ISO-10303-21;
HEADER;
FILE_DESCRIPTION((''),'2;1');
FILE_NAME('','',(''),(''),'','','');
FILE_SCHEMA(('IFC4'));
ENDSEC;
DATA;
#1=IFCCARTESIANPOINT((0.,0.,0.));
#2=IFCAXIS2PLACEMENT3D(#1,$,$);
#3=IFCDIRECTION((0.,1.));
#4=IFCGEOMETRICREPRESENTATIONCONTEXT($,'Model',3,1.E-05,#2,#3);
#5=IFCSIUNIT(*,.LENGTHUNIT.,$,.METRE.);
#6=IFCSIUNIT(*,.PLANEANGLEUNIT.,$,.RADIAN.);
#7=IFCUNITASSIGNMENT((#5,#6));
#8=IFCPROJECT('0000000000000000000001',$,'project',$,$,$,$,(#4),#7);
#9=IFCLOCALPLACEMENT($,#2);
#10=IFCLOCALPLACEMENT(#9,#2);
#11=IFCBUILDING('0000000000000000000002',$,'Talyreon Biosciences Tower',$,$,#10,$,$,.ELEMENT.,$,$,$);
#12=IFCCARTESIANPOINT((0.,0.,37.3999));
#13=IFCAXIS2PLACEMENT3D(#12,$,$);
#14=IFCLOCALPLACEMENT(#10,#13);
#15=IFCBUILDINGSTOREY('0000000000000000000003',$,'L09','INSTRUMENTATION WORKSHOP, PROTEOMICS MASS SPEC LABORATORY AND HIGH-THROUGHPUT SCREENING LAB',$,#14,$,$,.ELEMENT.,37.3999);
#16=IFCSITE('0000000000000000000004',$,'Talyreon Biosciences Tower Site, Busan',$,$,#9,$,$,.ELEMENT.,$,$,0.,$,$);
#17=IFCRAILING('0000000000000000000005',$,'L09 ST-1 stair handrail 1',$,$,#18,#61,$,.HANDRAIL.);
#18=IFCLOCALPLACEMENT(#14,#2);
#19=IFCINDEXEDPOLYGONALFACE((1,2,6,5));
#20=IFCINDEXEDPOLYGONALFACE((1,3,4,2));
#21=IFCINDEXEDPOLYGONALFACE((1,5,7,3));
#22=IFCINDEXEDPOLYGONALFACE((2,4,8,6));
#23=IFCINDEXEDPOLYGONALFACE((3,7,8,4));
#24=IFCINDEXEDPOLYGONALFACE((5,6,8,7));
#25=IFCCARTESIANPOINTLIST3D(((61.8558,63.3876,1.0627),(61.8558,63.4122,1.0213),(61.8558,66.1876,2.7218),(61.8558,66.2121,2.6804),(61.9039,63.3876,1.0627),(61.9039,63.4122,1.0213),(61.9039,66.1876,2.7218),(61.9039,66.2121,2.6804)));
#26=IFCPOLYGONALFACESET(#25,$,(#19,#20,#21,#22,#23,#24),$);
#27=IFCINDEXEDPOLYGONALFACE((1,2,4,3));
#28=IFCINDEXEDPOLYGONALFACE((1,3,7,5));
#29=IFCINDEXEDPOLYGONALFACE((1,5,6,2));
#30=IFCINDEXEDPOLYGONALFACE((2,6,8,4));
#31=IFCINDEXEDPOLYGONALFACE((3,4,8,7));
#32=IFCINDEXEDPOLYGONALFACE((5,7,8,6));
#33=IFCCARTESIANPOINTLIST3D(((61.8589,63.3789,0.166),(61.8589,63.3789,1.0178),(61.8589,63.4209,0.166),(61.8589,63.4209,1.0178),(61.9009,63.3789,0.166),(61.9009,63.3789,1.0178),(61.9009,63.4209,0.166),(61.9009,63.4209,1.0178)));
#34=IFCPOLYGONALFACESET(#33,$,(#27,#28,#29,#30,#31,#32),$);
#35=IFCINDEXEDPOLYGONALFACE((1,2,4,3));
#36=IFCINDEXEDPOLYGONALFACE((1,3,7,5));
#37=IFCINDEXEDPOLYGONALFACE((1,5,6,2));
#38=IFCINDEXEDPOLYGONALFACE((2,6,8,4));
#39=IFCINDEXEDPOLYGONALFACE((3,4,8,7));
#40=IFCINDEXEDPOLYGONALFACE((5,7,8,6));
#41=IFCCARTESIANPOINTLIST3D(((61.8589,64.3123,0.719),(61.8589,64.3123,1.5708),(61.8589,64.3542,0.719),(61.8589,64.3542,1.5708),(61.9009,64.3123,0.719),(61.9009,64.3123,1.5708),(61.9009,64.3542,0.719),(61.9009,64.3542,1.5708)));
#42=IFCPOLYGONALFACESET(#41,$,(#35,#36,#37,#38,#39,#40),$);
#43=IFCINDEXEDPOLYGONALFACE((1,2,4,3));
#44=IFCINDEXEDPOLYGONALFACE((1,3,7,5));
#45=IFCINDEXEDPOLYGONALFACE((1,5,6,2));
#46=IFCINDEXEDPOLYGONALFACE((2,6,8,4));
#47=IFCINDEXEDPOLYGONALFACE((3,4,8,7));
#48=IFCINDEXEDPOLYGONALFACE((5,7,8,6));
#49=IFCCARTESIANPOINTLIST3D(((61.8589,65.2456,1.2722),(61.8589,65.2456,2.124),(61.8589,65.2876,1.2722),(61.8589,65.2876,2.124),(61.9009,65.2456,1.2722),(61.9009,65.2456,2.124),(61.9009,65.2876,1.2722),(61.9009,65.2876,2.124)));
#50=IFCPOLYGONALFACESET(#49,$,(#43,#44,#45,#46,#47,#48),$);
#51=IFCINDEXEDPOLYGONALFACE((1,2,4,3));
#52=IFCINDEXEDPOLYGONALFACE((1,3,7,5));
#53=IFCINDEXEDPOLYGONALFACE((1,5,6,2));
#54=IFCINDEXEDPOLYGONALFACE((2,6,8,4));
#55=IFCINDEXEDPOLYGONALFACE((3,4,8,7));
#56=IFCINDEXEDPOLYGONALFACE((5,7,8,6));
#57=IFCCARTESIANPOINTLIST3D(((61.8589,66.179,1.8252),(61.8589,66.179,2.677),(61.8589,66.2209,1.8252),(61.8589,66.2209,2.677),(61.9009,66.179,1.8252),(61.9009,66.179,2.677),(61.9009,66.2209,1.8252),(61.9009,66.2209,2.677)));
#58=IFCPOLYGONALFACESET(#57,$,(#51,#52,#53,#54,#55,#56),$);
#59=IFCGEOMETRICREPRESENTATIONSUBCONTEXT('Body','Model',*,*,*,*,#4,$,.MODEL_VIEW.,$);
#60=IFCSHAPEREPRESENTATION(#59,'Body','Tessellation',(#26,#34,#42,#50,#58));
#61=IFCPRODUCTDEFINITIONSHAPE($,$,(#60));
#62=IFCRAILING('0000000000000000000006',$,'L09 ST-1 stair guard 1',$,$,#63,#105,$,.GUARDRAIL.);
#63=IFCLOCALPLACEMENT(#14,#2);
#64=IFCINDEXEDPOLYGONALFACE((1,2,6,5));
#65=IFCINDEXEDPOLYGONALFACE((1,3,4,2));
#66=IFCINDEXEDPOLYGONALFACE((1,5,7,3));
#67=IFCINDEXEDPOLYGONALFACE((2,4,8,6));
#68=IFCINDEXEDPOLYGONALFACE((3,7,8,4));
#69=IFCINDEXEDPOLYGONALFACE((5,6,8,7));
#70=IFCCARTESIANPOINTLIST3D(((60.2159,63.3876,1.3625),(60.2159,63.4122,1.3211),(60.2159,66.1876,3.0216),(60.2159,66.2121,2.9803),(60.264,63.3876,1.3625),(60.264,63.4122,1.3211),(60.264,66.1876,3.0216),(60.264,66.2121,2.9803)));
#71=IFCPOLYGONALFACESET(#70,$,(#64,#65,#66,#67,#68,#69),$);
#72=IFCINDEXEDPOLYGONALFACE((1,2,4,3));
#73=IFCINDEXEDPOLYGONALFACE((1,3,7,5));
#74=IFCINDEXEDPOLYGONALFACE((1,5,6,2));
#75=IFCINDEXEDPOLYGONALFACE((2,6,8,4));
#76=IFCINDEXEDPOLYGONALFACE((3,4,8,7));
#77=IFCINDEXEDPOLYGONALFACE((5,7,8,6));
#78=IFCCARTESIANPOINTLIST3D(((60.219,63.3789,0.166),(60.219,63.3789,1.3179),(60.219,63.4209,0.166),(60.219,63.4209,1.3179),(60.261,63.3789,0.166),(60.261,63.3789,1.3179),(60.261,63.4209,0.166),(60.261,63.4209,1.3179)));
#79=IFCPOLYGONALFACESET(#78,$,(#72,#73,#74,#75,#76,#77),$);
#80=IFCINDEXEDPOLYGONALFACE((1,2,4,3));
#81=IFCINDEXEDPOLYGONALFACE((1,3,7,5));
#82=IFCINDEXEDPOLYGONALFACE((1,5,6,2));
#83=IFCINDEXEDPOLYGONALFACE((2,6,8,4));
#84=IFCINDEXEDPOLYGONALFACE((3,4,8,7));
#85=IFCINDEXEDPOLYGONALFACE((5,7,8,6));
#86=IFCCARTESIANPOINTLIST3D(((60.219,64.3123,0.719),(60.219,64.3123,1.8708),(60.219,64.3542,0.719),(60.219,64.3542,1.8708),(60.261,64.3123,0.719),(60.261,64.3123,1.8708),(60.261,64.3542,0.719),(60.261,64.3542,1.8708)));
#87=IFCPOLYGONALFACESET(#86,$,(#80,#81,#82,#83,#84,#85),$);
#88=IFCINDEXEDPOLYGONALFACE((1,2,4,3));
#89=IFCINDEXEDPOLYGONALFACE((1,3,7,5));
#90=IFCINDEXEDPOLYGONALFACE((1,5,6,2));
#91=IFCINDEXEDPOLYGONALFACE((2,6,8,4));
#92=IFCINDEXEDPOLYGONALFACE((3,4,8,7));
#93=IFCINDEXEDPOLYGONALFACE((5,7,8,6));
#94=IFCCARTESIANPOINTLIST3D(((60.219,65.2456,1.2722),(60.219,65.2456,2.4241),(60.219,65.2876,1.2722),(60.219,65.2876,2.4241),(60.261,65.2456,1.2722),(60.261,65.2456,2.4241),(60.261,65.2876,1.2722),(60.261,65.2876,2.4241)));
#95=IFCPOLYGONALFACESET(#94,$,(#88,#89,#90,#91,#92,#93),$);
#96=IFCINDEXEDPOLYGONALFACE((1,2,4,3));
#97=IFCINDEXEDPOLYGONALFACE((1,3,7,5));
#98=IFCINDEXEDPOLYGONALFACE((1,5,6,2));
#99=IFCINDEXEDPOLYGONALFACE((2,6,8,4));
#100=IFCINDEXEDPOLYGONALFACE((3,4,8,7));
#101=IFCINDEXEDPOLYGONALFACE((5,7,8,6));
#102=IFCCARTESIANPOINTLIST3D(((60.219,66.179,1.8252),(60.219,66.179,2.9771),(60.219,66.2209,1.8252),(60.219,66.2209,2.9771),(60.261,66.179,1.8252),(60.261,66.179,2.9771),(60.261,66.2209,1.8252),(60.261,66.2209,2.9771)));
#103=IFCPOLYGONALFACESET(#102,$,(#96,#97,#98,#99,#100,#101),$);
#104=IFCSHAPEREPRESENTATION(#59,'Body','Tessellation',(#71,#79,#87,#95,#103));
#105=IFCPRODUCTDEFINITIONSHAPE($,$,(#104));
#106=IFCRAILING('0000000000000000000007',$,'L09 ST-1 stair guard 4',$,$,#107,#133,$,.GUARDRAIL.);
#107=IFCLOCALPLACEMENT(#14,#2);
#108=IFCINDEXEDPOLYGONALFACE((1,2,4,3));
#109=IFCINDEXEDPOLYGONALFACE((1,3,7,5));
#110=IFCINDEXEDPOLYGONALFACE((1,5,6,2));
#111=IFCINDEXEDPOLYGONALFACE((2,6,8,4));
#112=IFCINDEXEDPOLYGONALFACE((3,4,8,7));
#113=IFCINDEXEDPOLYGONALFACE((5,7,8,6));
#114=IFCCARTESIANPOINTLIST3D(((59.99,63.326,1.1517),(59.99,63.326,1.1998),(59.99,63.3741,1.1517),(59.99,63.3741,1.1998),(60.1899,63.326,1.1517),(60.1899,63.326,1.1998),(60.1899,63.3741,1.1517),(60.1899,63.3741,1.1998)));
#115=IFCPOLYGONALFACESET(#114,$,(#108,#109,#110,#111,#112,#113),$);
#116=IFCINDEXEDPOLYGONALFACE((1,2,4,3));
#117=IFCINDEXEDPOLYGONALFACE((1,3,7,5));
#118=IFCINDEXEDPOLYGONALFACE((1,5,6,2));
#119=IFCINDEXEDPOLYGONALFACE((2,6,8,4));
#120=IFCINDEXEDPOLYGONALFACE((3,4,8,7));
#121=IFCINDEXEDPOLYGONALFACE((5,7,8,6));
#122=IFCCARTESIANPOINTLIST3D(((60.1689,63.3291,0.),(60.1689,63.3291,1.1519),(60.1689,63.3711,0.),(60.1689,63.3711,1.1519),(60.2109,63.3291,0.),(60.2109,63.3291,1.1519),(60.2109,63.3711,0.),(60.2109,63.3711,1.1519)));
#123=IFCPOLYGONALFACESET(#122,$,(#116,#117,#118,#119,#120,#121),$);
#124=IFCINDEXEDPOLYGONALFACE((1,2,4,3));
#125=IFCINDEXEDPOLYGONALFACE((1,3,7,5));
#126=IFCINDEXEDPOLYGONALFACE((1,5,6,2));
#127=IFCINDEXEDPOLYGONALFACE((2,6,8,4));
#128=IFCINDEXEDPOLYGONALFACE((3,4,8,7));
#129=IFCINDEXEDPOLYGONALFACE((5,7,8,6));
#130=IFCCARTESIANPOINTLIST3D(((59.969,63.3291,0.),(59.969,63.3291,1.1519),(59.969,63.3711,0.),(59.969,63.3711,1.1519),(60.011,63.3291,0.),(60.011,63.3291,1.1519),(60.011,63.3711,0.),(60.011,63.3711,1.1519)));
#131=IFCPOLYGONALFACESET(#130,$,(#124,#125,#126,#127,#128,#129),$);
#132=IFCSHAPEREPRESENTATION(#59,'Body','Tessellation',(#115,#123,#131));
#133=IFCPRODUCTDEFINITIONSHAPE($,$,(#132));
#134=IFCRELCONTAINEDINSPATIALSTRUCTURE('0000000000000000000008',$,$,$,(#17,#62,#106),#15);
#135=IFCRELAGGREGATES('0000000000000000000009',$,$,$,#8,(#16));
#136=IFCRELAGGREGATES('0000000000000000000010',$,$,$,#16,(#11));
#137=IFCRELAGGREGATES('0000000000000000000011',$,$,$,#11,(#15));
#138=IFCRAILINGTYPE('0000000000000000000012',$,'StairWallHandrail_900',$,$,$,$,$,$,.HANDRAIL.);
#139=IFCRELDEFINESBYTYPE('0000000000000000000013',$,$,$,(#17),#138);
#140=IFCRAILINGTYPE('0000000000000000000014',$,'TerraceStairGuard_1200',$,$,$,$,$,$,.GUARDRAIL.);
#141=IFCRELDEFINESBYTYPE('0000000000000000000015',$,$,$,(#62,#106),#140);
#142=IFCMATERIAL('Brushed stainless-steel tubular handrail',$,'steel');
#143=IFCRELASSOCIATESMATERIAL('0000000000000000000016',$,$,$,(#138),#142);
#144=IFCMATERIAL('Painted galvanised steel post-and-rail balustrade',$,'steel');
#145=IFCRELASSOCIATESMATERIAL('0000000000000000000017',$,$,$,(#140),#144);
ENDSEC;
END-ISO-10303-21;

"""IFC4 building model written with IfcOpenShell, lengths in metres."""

from ifc_helpers import new_model, si_unit, direction, frame, origin, origin_2d, place, context, subcontext, project, spatial, rectangle, extrude, material, type_object, element, save


model = new_model("IFC4")

# Units and contexts
model_context = context("Model", 3, precision=1e-05, world=origin(), true_north=direction((0.0, 1.0)))
body_context = subcontext(model_context, "Body", "Model", "MODEL_VIEW")
ifc_project = project(units=[si_unit("LENGTHUNIT", "METRE"), si_unit("PLANEANGLEUNIT", "RADIAN")], contexts=[model_context])

# Site, building, storey
site_placement = place(None, origin())
site = spatial("IfcSite", under=ifc_project, at=site_placement, Name="Talyreon Biosciences Tower Site, Busan", CompositionType="ELEMENT", RefElevation=0.0)
building_placement = place(site_placement, origin())
building = spatial("IfcBuilding", under=site, at=building_placement, Name="Talyreon Biosciences Tower", CompositionType="ELEMENT")
storey_placement = place(building_placement, frame((0.0, 0.0, 37.3999)))
storey = spatial("IfcBuildingStorey", under=building, at=storey_placement, Name="L09", Description="INSTRUMENTATION WORKSHOP, PROTEOMICS MASS SPEC LABORATORY AND HIGH-THROUGHPUT SCREENING LAB", CompositionType="ELEMENT", Elevation=37.3999)

# Railings
ifc_material_1 = material(Name="Brushed stainless-steel tubular handrail", Category="steel")
railing_type_1 = type_object("IfcRailingType", Name="StairWallHandrail_900", PredefinedType="HANDRAIL", material=ifc_material_1)
railing_1_placement = place(storey_placement, frame((61.8799, 63.3999, 0.166)))
element("IfcRailing", 1, at=railing_1_placement, inside=storey, type_object=railing_type_1, Name="L09 ST-1 stair handrail 1", PredefinedType="HANDRAIL", context=body_context, shape_type="SweptSolid", body=[
    extrude(rectangle(XDim=0.0481, YDim=0.0481, at=origin_2d()), frame((0.0, 0.0, 0.876), z_axis=(0.0, 0.860306, 0.509778), x_axis=(-1.0, 0.0, 0.0)), (0.0, 0.0, 1.0), 3.2546),
    extrude(rectangle(XDim=0.042, YDim=0.042, at=origin_2d()), origin(), (0.0, 0.0, 1.0), 0.8518),
    extrude(rectangle(XDim=0.042, YDim=0.042, at=origin_2d()), frame((0.0, 0.9333, 0.553)), (0.0, 0.0, 1.0), 0.8518),
    extrude(rectangle(XDim=0.042, YDim=0.042, at=origin_2d()), frame((0.0, 1.8667, 1.1062)), (0.0, 0.0, 1.0), 0.8518),
    extrude(rectangle(XDim=0.042, YDim=0.042, at=origin_2d()), frame((0.0, 2.8, 1.6592)), (0.0, 0.0, 1.0), 0.8518),
])
ifc_material_2 = material(Name="Painted galvanised steel post-and-rail balustrade", Category="steel")
railing_type_2 = type_object("IfcRailingType", Name="TerraceStairGuard_1200", PredefinedType="GUARDRAIL", material=ifc_material_2)
railing_2_placement = place(storey_placement, frame((60.24, 63.3999, 0.166)))
element("IfcRailing", 2, at=railing_2_placement, inside=storey, type_object=railing_type_2, Name="L09 ST-1 stair guard 1", PredefinedType="GUARDRAIL", context=body_context, shape_type="SweptSolid", body=[
    extrude(rectangle(XDim=0.0481, YDim=0.0481, at=origin_2d()), frame((0.0, 0.0, 1.1758), z_axis=(0.0, 0.860306, 0.509778), x_axis=(-1.0, 0.0, 0.0)), (0.0, 0.0, 1.0), 3.2546),
    extrude(rectangle(XDim=0.042, YDim=0.042, at=origin_2d()), origin(), (0.0, 0.0, 1.0), 1.1519),
    extrude(rectangle(XDim=0.042, YDim=0.042, at=origin_2d()), frame((0.0, 0.9333, 0.553)), (0.0, 0.0, 1.0), 1.1519),
    extrude(rectangle(XDim=0.042, YDim=0.042, at=origin_2d()), frame((0.0, 1.8667, 1.1062)), (0.0, 0.0, 1.0), 1.1519),
    extrude(rectangle(XDim=0.042, YDim=0.042, at=origin_2d()), frame((0.0, 2.8, 1.6592)), (0.0, 0.0, 1.0), 1.1519),
])
railing_3_placement = place(storey_placement, frame((60.1899, 63.3501, 0.0)))
element("IfcRailing", 3, at=railing_3_placement, inside=storey, type_object=railing_type_2, Name="L09 ST-1 stair guard 4", PredefinedType="GUARDRAIL", context=body_context, shape_type="SweptSolid", body=[
    extrude(rectangle(XDim=0.0481, YDim=0.0481, at=origin_2d()), frame((0.0, 0.0, 1.1758), z_axis=(-1.0, 0.0, 0.0), x_axis=(0.0, -1.0, 0.0)), (0.0, 0.0, 1.0), 0.2),
    extrude(rectangle(XDim=0.042, YDim=0.042, at=origin_2d()), origin(), (0.0, 0.0, 1.0), 1.1519),
    extrude(rectangle(XDim=0.042, YDim=0.042, at=origin_2d()), frame((-0.2, 0.0, 0.0)), (0.0, 0.0, 1.0), 1.1519),
])

save(model, "model.ifc")
